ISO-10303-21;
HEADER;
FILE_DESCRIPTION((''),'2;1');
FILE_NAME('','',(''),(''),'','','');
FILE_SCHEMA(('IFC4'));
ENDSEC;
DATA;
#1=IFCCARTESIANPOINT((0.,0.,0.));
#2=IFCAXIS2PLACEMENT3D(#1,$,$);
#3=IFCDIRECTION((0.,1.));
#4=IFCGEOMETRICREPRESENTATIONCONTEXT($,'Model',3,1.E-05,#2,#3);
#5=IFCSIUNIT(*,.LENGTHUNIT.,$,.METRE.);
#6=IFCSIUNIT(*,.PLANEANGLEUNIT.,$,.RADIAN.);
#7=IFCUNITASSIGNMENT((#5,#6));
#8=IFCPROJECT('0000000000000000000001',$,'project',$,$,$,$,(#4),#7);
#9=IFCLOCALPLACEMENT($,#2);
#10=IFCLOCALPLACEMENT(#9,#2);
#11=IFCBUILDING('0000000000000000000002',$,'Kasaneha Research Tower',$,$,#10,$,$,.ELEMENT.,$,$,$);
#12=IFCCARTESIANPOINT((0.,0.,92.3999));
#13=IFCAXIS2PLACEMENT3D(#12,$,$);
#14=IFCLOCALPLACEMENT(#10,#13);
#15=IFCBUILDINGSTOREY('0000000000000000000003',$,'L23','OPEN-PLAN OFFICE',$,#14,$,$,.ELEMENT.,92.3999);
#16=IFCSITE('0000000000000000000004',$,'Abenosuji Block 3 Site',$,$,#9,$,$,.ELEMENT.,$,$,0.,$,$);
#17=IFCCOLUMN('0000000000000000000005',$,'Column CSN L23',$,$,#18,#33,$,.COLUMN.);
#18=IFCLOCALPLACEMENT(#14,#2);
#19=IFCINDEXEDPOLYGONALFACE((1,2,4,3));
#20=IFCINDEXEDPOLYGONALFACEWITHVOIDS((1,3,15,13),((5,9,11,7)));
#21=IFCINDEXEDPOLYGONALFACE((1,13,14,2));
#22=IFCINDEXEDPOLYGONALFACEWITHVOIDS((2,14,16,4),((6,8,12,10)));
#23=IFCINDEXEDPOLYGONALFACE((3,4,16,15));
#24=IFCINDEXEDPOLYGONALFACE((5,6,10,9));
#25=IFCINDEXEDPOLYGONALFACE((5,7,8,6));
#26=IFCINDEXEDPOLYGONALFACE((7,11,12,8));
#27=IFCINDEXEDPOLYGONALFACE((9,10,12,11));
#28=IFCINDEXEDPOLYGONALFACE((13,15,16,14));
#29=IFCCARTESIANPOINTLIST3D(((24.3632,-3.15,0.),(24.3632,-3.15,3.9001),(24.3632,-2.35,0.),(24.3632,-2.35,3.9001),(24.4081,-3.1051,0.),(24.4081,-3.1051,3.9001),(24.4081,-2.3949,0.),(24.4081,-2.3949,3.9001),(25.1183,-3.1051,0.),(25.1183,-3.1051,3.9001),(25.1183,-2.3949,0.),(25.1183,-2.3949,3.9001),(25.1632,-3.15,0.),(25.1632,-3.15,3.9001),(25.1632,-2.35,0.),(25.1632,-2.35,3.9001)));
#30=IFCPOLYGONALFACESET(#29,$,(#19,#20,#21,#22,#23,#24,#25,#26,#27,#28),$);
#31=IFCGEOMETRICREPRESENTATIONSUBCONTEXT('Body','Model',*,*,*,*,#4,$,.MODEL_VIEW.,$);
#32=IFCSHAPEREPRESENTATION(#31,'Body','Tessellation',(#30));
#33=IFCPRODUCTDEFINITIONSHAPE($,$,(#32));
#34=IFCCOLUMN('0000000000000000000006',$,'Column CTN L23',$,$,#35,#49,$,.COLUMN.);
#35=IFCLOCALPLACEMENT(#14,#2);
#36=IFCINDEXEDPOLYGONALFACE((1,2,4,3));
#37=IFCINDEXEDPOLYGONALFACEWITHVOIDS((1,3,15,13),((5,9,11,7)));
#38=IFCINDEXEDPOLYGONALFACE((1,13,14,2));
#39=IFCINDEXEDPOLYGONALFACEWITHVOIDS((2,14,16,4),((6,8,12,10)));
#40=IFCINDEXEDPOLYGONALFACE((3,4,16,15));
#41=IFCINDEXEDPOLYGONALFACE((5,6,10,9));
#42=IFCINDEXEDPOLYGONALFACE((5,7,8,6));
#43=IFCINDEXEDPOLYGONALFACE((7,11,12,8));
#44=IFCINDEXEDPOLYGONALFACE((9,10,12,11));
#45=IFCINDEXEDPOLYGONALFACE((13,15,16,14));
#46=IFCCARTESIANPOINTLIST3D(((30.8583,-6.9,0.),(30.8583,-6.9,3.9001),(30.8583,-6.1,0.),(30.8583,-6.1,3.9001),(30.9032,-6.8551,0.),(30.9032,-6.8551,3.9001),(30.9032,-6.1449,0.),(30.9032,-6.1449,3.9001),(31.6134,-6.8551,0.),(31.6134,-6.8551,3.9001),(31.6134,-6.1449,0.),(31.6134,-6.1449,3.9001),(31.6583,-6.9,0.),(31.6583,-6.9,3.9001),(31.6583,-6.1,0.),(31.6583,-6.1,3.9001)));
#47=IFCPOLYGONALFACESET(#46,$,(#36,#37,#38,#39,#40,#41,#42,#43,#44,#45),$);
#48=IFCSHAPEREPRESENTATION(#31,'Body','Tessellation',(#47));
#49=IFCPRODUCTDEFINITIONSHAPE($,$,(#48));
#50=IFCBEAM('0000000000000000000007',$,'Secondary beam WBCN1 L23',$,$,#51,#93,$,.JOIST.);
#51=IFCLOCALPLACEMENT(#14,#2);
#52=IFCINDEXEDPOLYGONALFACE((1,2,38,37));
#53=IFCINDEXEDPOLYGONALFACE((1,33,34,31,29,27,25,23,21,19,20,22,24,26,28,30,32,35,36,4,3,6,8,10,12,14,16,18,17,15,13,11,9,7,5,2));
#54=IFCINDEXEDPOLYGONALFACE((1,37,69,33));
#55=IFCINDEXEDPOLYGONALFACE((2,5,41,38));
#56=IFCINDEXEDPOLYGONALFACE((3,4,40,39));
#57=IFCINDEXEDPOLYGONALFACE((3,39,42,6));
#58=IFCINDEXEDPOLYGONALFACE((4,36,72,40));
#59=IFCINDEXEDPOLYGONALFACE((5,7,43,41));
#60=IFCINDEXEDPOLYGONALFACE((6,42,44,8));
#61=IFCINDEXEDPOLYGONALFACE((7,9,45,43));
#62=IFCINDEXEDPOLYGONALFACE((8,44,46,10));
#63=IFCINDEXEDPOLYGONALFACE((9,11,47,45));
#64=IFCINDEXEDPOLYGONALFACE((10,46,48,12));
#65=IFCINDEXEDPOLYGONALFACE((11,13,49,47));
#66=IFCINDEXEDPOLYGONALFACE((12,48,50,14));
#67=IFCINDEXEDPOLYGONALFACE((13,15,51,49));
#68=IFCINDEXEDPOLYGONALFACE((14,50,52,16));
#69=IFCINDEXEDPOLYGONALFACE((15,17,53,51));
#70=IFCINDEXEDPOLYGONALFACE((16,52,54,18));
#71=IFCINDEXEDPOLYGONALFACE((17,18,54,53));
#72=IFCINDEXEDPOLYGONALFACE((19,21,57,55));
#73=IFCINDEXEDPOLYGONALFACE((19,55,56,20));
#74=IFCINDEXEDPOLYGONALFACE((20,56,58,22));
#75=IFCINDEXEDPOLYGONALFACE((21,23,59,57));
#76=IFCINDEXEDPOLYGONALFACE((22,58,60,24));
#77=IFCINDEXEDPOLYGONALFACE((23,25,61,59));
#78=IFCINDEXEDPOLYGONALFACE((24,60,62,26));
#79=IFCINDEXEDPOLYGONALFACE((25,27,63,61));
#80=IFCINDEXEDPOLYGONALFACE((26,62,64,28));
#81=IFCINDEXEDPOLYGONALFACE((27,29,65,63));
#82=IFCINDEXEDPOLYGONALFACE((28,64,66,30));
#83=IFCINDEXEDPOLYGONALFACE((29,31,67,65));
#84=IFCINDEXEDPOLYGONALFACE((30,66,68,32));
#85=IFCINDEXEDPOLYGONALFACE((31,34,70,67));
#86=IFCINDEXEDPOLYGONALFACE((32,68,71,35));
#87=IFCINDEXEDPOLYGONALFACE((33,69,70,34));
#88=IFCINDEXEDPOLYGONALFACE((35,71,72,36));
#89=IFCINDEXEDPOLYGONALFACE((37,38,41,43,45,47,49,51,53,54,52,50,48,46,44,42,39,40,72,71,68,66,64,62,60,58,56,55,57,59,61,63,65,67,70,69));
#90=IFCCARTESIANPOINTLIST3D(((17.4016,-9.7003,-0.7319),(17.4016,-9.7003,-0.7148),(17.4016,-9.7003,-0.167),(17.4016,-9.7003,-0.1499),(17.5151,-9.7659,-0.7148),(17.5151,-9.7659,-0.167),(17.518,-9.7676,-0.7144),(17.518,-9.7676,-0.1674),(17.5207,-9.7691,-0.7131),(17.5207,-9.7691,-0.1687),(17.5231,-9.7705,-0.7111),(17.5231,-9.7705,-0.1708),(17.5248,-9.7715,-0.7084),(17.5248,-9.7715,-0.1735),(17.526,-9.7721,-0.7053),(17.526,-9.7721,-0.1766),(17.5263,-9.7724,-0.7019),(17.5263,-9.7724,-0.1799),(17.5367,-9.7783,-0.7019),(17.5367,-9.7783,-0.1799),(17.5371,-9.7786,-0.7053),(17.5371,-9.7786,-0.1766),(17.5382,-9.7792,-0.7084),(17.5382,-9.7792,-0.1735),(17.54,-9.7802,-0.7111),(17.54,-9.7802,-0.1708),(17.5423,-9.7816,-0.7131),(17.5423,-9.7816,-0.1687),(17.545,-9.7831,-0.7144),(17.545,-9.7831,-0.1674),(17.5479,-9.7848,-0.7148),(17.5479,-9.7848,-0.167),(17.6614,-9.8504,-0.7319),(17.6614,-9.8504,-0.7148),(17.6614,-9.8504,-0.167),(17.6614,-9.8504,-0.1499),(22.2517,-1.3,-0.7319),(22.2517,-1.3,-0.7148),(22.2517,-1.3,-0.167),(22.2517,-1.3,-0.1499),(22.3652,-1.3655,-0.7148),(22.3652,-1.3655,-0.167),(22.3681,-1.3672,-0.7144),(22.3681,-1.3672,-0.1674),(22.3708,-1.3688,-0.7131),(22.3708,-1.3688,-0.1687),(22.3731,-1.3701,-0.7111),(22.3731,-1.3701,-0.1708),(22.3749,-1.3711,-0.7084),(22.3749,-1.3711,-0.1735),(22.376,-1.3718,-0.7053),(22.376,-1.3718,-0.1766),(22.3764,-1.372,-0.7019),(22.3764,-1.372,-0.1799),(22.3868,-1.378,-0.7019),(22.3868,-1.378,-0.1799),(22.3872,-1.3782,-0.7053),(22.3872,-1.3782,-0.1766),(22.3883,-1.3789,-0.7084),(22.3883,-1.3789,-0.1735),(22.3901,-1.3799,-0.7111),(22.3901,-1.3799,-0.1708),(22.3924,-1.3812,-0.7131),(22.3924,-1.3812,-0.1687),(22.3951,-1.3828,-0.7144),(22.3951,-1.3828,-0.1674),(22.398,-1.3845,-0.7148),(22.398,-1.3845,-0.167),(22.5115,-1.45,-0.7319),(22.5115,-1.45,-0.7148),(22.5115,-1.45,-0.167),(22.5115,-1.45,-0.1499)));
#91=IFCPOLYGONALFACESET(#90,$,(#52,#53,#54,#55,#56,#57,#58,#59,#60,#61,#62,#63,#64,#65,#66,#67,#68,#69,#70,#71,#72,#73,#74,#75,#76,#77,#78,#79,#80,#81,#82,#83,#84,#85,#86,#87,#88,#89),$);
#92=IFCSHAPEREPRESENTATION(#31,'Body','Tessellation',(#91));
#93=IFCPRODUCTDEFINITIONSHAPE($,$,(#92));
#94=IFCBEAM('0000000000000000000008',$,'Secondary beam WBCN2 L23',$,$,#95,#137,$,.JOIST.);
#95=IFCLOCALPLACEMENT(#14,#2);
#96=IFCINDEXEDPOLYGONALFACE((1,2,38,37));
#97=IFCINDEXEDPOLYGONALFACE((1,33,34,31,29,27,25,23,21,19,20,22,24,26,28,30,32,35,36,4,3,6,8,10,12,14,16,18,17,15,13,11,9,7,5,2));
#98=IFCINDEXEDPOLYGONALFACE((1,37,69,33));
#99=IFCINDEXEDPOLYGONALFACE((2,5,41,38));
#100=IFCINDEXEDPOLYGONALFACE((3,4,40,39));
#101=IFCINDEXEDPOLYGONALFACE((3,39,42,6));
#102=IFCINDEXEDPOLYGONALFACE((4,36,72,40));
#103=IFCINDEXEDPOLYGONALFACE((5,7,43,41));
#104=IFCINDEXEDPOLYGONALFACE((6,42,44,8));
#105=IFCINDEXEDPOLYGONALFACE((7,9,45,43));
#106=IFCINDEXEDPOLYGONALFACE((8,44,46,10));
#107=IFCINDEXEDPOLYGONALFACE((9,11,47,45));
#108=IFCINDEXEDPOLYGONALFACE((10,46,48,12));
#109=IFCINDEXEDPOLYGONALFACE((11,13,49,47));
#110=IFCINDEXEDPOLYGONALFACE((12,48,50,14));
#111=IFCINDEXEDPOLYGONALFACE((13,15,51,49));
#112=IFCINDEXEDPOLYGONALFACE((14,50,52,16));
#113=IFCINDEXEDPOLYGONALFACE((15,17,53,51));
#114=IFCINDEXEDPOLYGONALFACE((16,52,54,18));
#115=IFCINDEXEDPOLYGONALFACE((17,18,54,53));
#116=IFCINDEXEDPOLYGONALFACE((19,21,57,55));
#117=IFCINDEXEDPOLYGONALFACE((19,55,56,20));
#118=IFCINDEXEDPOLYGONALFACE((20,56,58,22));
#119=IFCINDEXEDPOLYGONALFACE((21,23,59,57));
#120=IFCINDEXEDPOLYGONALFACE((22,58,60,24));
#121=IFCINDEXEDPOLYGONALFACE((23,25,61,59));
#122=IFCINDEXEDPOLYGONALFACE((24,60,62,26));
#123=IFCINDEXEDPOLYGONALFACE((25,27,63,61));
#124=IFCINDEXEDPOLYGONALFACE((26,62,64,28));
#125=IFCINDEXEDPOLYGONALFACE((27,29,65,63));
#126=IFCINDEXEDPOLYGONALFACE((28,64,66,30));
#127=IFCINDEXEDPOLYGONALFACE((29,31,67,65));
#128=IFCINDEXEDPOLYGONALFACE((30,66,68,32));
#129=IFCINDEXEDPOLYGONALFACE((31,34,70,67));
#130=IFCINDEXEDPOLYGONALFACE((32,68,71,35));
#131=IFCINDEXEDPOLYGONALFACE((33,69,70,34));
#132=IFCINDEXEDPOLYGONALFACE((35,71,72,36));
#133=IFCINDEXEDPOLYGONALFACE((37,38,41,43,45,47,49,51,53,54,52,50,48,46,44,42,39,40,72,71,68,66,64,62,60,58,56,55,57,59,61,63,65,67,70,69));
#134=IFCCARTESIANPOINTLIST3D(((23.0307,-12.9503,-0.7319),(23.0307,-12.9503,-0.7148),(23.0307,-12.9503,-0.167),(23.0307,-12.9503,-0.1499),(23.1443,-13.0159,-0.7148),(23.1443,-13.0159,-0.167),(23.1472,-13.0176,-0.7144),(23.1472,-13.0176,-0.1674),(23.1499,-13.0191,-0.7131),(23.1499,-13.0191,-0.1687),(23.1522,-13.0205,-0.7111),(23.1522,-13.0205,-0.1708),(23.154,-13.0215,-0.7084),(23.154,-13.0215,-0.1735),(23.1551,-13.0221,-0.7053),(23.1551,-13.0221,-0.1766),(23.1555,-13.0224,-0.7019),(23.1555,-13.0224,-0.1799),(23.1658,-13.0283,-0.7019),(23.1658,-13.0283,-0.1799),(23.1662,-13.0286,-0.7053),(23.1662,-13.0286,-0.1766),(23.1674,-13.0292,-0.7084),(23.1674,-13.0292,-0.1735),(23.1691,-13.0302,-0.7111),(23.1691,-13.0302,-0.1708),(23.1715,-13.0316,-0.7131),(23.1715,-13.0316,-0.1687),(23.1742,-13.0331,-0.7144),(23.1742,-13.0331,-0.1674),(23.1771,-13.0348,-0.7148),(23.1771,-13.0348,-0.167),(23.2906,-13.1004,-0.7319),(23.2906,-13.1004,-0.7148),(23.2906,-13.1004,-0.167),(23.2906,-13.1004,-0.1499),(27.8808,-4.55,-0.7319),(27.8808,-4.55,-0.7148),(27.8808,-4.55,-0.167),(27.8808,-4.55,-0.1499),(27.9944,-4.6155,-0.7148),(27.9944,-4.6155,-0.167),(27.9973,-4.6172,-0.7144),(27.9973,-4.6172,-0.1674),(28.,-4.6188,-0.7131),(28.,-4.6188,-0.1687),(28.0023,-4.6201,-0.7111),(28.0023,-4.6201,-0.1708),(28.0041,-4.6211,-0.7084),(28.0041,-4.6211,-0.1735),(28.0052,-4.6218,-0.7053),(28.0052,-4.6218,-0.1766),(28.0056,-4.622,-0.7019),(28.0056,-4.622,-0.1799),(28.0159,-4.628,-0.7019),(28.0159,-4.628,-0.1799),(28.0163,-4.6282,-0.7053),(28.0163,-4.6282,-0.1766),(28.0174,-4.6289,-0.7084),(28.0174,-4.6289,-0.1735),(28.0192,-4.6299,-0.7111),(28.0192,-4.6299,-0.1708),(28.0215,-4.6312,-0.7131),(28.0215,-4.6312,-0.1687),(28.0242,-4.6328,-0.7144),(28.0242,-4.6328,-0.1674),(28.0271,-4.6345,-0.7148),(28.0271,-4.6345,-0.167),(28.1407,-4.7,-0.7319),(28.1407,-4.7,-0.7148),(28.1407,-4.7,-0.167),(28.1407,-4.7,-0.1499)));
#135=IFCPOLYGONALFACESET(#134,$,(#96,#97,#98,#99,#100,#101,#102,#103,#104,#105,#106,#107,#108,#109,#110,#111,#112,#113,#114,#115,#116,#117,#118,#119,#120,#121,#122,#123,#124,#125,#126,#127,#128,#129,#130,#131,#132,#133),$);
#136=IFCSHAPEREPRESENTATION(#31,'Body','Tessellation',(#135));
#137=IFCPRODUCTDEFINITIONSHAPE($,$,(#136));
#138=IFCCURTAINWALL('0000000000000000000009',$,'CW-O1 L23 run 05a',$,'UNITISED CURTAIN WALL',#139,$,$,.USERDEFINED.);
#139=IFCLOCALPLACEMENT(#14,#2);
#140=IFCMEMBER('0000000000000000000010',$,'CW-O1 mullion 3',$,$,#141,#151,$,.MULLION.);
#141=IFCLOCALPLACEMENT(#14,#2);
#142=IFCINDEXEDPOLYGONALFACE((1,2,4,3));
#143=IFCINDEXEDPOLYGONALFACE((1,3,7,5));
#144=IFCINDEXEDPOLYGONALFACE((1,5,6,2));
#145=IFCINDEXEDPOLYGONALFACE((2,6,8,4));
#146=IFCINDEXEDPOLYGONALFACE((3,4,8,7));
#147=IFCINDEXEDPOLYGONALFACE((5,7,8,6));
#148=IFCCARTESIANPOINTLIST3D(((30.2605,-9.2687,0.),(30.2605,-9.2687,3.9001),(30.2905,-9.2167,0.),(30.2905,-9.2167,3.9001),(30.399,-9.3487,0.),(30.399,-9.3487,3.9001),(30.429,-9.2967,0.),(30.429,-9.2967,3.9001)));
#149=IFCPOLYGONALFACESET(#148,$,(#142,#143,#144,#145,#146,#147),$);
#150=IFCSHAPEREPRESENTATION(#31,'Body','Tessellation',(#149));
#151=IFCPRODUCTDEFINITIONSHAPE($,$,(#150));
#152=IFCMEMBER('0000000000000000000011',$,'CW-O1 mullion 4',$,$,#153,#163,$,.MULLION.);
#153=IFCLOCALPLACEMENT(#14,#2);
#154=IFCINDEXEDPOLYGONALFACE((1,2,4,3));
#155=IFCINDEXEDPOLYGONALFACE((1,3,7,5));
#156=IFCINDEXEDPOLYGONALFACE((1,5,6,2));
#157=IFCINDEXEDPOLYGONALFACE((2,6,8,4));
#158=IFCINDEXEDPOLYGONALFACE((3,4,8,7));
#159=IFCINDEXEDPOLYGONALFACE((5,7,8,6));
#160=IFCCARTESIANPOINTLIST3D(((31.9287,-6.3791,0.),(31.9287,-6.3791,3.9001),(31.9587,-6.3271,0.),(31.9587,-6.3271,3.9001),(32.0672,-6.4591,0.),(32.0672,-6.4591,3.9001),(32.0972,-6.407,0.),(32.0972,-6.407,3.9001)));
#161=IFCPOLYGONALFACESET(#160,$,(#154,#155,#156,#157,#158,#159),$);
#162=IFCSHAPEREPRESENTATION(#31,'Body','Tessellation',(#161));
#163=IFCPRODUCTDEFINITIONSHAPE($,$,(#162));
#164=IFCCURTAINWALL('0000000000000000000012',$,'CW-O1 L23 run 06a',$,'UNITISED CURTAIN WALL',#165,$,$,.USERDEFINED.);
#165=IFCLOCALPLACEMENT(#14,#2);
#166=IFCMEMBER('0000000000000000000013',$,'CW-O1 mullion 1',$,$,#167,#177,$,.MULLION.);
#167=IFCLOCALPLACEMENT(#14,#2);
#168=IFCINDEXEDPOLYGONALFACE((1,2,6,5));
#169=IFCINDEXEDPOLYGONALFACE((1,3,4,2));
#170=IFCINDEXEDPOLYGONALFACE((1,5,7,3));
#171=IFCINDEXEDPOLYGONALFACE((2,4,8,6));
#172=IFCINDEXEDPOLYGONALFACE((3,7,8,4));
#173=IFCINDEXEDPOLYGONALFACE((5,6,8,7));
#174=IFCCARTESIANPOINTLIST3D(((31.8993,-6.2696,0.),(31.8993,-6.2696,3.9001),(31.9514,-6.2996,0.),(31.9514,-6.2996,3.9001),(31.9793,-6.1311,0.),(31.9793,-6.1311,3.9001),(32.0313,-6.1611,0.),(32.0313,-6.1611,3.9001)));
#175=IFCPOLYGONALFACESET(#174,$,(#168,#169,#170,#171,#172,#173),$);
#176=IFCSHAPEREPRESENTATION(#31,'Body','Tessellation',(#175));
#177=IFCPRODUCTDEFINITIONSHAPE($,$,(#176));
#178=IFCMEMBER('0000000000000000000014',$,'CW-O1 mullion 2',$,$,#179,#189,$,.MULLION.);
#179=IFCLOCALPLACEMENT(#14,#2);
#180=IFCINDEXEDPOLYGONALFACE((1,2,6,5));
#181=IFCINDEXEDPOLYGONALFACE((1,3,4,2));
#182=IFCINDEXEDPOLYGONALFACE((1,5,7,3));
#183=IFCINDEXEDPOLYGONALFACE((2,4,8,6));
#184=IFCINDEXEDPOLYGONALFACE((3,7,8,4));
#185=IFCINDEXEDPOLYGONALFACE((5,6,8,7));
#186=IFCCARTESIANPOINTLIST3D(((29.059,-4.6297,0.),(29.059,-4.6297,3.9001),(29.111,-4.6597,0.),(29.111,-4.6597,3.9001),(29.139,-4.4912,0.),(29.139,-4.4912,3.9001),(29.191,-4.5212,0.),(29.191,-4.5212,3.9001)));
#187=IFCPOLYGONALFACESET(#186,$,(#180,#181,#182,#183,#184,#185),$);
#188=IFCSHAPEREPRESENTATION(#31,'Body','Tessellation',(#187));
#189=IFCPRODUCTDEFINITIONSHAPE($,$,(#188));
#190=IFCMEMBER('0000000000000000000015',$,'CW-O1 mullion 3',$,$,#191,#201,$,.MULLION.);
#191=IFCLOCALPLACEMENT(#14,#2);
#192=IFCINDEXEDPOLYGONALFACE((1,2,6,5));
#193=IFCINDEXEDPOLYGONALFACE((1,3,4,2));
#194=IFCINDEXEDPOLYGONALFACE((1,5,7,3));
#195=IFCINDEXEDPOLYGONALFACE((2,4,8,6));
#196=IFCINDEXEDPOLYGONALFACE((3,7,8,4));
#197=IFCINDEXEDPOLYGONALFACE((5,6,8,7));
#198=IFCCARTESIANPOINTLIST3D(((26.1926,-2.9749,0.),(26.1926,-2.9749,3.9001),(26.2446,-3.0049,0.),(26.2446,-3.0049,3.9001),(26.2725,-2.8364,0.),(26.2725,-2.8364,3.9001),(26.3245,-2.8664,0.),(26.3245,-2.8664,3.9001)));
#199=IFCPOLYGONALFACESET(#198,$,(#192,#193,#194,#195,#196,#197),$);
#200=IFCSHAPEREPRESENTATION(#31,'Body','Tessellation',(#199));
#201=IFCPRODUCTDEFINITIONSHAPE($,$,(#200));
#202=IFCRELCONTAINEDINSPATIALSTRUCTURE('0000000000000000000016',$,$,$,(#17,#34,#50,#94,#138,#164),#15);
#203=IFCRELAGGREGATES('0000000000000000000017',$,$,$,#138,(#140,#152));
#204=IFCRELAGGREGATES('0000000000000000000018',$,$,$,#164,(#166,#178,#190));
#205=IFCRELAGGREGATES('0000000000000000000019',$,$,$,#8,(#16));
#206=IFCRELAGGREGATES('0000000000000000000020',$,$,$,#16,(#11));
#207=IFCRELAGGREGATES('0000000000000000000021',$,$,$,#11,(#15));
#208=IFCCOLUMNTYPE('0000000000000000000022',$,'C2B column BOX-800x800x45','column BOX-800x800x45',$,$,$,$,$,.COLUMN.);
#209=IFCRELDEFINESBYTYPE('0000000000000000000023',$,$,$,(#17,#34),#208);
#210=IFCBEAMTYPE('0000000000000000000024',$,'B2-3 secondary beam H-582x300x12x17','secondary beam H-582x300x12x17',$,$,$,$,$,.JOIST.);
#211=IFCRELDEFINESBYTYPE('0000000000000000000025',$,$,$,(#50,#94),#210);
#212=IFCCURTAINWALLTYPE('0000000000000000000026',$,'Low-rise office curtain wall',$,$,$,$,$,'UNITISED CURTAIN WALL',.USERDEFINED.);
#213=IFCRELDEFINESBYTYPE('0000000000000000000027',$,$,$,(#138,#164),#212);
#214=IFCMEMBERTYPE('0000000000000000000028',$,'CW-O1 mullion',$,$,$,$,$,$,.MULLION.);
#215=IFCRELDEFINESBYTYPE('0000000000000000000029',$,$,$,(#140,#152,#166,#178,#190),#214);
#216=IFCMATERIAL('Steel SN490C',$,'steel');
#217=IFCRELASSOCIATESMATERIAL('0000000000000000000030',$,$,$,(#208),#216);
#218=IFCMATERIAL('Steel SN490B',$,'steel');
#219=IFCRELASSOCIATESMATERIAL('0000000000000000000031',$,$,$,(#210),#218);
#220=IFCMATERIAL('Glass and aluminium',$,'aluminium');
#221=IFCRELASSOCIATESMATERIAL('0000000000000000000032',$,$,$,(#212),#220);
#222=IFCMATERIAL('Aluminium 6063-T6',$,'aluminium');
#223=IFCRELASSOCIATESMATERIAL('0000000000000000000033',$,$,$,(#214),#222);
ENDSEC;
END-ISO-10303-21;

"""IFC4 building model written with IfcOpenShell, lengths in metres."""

from ifc_helpers import new_model, si_unit, direction, frame, origin, origin_2d, place, context, subcontext, project, spatial, rectangle, hollow_rectangle, i_section, extrude, material, material_profile, profile_set, type_object, element, aggregate, save


model = new_model("IFC4")

# Units and contexts
model_context = context("Model", 3, precision=1e-05, world=origin(), true_north=direction((0.0, 1.0)))
body_context = subcontext(model_context, "Body", "Model", "MODEL_VIEW")
ifc_project = project(units=[si_unit("LENGTHUNIT", "METRE"), si_unit("PLANEANGLEUNIT", "RADIAN")], contexts=[model_context])

# Site, building, storey
site_placement = place(None, origin())
site = spatial("IfcSite", under=ifc_project, at=site_placement, Name="Abenosuji Block 3 Site", CompositionType="ELEMENT", RefElevation=0.0)
building_placement = place(site_placement, origin())
building = spatial("IfcBuilding", under=site, at=building_placement, Name="Kasaneha Research Tower", CompositionType="ELEMENT")
storey_placement = place(building_placement, frame((0.0, 0.0, 92.3999)))
storey = spatial("IfcBuildingStorey", under=building, at=storey_placement, Name="L23", Description="OPEN-PLAN OFFICE", CompositionType="ELEMENT", Elevation=92.3999)

# Columns
ifc_material_1 = material(Name="Steel SN490C", Category="steel")
ifc_material_profile_1 = material_profile(ifc_material_1, hollow_rectangle(XDim=0.8, YDim=0.8, WallThickness=0.0449, at=origin_2d()), Name="BOX-800x800x45")
ifc_profile_set_1 = profile_set([ifc_material_profile_1], Name="Steel SN490C")
column_type = type_object("IfcColumnType", Name="C2B column BOX-800x800x45", Description="column BOX-800x800x45", PredefinedType="COLUMN", material=ifc_profile_set_1)
for number, where, z_axis, x_axis, name in (
    (1, (24.7632, -2.75, 0.0), (0.0, 0.0, 1.0), (1.0, 0.0, 0.0), "Column CSN L23"),
    (2, (31.2583, -6.5, 0.0), (0.0, 0.0, 1.0), (1.0, 0.0, 0.0), "Column CTN L23"),
):
    element("IfcColumn", number, at=place(storey_placement, frame(where, z_axis=z_axis, x_axis=x_axis)), inside=storey, type_object=column_type, Name=name, PredefinedType="COLUMN", context=body_context, shape_type="SweptSolid", body=[
        extrude(hollow_rectangle(XDim=0.8, YDim=0.8, WallThickness=0.0449, at=origin_2d()), origin(), (0.0, 0.0, 1.0), 3.9001),
    ])

# Beams
ifc_material_2 = material(Name="Steel SN490B", Category="steel")
ifc_material_profile_2 = material_profile(ifc_material_2, i_section(OverallWidth=0.3, OverallDepth=0.582, WebThickness=0.012, FlangeThickness=0.0171, FilletRadius=0.0129, at=origin_2d()), Name="H-582x300x12x17")
ifc_profile_set_2 = profile_set([ifc_material_profile_2], Name="Steel SN490B")
beam_type_1 = type_object("IfcBeamType", Name="B2-3 secondary beam H-582x300x12x17", Description="secondary beam H-582x300x12x17", PredefinedType="JOIST", material=ifc_profile_set_2)
for number, where, z_axis, x_axis, name in (
    (3, (22.3816, -1.375, -0.4409), (-0.50001, -0.86602, 0.0), (0.86602, -0.50001, 0.0), "Secondary beam WBCN1 L23"),
    (4, (28.0107, -4.625, -0.4409), (-0.50001, -0.86602, 0.0), (0.86602, -0.50001, 0.0), "Secondary beam WBCN2 L23"),
):
    element("IfcBeam", number, at=place(storey_placement, frame(where, z_axis=z_axis, x_axis=x_axis)), inside=storey, type_object=beam_type_1, Name=name, PredefinedType="JOIST", context=body_context, shape_type="SweptSolid", body=[
        extrude(i_section(OverallWidth=0.3, OverallDepth=0.582, WebThickness=0.012, FlangeThickness=0.0171, FilletRadius=0.0129, at=origin_2d()), origin(), (0.0, 0.0, 1.0), 9.7),
    ])

# Curtain walls, members
ifc_material_3 = material(Name="Glass and aluminium", Category="aluminium")
curtain_wall_type = type_object("IfcCurtainWallType", Name="Low-rise office curtain wall", ElementType="UNITISED CURTAIN WALL", PredefinedType="USERDEFINED", material=ifc_material_3)
curtain_wall_1_placement = place(storey_placement, origin())
curtain_wall_1 = element("IfcCurtainWall", 5, at=curtain_wall_1_placement, inside=storey, type_object=curtain_wall_type, Name="CW-O1 L23 run 05a", ObjectType="UNITISED CURTAIN WALL", PredefinedType="USERDEFINED")
ifc_material_4 = material(Name="Aluminium 6063-T6", Category="aluminium")
ifc_material_profile_3 = material_profile(ifc_material_4, rectangle(XDim=0.0601, YDim=0.1599, at=origin_2d()), Name="CW-O1 mullion 60x160")
ifc_profile_set_3 = profile_set([ifc_material_profile_3], Name="Aluminium 6063-T6")
member_type_1 = type_object("IfcMemberType", Name="CW-O1 mullion", PredefinedType="MULLION", material=ifc_profile_set_3)
member_1_placement = place(storey_placement, frame((30.3447, -9.2827, 0.0), z_axis=(0.0, 0.0, 1.0), x_axis=(0.5, 0.866025, 0.0)))
member_1 = element("IfcMember", 6, at=member_1_placement, type_object=member_type_1, Name="CW-O1 mullion 3", PredefinedType="MULLION", context=body_context, shape_type="SweptSolid", body=[
    extrude(rectangle(XDim=0.0601, YDim=0.1599, at=origin_2d()), origin(), (0.0, 0.0, 1.0), 3.9001),
])
member_2_placement = place(storey_placement, frame((32.0129, -6.3931, 0.0), z_axis=(0.0, 0.0, 1.0), x_axis=(0.5, 0.866025, 0.0)))
member_2 = element("IfcMember", 7, at=member_2_placement, type_object=member_type_1, Name="CW-O1 mullion 4", PredefinedType="MULLION", context=body_context, shape_type="SweptSolid", body=[
    extrude(rectangle(XDim=0.0601, YDim=0.1599, at=origin_2d()), origin(), (0.0, 0.0, 1.0), 3.9001),
])
curtain_wall_2_placement = place(storey_placement, origin())
curtain_wall_2 = element("IfcCurtainWall", 8, at=curtain_wall_2_placement, inside=storey, type_object=curtain_wall_type, Name="CW-O1 L23 run 06a", ObjectType="UNITISED CURTAIN WALL", PredefinedType="USERDEFINED")
member_3_placement = place(storey_placement, frame((31.9653, -6.2153, 0.0), z_axis=(0.0, 0.0, 1.0), x_axis=(-0.866025, 0.5, 0.0)))
member_3 = element("IfcMember", 9, at=member_3_placement, type_object=member_type_1, Name="CW-O1 mullion 1", PredefinedType="MULLION", context=body_context, shape_type="SweptSolid", body=[
    extrude(rectangle(XDim=0.0601, YDim=0.1599, at=origin_2d()), origin(), (0.0, 0.0, 1.0), 3.9001),
])
member_4_placement = place(storey_placement, frame((29.125, -4.5754, 0.0), z_axis=(0.0, 0.0, 1.0), x_axis=(-0.866025, 0.5, 0.0)))
member_4 = element("IfcMember", 10, at=member_4_placement, type_object=member_type_1, Name="CW-O1 mullion 2", PredefinedType="MULLION", context=body_context, shape_type="SweptSolid", body=[
    extrude(rectangle(XDim=0.0601, YDim=0.1599, at=origin_2d()), origin(), (0.0, 0.0, 1.0), 3.9001),
])
member_5_placement = place(storey_placement, frame((26.2585, -2.9207, 0.0), z_axis=(0.0, 0.0, 1.0), x_axis=(-0.866025, 0.5, 0.0)))
member_5 = element("IfcMember", 11, at=member_5_placement, type_object=member_type_1, Name="CW-O1 mullion 3", PredefinedType="MULLION", context=body_context, shape_type="SweptSolid", body=[
    extrude(rectangle(XDim=0.0601, YDim=0.1599, at=origin_2d()), origin(), (0.0, 0.0, 1.0), 3.9001),
])

aggregate(curtain_wall_1, [member_1, member_2])
aggregate(curtain_wall_2, [member_3, member_4, member_5])

save(model, "model.ifc")
